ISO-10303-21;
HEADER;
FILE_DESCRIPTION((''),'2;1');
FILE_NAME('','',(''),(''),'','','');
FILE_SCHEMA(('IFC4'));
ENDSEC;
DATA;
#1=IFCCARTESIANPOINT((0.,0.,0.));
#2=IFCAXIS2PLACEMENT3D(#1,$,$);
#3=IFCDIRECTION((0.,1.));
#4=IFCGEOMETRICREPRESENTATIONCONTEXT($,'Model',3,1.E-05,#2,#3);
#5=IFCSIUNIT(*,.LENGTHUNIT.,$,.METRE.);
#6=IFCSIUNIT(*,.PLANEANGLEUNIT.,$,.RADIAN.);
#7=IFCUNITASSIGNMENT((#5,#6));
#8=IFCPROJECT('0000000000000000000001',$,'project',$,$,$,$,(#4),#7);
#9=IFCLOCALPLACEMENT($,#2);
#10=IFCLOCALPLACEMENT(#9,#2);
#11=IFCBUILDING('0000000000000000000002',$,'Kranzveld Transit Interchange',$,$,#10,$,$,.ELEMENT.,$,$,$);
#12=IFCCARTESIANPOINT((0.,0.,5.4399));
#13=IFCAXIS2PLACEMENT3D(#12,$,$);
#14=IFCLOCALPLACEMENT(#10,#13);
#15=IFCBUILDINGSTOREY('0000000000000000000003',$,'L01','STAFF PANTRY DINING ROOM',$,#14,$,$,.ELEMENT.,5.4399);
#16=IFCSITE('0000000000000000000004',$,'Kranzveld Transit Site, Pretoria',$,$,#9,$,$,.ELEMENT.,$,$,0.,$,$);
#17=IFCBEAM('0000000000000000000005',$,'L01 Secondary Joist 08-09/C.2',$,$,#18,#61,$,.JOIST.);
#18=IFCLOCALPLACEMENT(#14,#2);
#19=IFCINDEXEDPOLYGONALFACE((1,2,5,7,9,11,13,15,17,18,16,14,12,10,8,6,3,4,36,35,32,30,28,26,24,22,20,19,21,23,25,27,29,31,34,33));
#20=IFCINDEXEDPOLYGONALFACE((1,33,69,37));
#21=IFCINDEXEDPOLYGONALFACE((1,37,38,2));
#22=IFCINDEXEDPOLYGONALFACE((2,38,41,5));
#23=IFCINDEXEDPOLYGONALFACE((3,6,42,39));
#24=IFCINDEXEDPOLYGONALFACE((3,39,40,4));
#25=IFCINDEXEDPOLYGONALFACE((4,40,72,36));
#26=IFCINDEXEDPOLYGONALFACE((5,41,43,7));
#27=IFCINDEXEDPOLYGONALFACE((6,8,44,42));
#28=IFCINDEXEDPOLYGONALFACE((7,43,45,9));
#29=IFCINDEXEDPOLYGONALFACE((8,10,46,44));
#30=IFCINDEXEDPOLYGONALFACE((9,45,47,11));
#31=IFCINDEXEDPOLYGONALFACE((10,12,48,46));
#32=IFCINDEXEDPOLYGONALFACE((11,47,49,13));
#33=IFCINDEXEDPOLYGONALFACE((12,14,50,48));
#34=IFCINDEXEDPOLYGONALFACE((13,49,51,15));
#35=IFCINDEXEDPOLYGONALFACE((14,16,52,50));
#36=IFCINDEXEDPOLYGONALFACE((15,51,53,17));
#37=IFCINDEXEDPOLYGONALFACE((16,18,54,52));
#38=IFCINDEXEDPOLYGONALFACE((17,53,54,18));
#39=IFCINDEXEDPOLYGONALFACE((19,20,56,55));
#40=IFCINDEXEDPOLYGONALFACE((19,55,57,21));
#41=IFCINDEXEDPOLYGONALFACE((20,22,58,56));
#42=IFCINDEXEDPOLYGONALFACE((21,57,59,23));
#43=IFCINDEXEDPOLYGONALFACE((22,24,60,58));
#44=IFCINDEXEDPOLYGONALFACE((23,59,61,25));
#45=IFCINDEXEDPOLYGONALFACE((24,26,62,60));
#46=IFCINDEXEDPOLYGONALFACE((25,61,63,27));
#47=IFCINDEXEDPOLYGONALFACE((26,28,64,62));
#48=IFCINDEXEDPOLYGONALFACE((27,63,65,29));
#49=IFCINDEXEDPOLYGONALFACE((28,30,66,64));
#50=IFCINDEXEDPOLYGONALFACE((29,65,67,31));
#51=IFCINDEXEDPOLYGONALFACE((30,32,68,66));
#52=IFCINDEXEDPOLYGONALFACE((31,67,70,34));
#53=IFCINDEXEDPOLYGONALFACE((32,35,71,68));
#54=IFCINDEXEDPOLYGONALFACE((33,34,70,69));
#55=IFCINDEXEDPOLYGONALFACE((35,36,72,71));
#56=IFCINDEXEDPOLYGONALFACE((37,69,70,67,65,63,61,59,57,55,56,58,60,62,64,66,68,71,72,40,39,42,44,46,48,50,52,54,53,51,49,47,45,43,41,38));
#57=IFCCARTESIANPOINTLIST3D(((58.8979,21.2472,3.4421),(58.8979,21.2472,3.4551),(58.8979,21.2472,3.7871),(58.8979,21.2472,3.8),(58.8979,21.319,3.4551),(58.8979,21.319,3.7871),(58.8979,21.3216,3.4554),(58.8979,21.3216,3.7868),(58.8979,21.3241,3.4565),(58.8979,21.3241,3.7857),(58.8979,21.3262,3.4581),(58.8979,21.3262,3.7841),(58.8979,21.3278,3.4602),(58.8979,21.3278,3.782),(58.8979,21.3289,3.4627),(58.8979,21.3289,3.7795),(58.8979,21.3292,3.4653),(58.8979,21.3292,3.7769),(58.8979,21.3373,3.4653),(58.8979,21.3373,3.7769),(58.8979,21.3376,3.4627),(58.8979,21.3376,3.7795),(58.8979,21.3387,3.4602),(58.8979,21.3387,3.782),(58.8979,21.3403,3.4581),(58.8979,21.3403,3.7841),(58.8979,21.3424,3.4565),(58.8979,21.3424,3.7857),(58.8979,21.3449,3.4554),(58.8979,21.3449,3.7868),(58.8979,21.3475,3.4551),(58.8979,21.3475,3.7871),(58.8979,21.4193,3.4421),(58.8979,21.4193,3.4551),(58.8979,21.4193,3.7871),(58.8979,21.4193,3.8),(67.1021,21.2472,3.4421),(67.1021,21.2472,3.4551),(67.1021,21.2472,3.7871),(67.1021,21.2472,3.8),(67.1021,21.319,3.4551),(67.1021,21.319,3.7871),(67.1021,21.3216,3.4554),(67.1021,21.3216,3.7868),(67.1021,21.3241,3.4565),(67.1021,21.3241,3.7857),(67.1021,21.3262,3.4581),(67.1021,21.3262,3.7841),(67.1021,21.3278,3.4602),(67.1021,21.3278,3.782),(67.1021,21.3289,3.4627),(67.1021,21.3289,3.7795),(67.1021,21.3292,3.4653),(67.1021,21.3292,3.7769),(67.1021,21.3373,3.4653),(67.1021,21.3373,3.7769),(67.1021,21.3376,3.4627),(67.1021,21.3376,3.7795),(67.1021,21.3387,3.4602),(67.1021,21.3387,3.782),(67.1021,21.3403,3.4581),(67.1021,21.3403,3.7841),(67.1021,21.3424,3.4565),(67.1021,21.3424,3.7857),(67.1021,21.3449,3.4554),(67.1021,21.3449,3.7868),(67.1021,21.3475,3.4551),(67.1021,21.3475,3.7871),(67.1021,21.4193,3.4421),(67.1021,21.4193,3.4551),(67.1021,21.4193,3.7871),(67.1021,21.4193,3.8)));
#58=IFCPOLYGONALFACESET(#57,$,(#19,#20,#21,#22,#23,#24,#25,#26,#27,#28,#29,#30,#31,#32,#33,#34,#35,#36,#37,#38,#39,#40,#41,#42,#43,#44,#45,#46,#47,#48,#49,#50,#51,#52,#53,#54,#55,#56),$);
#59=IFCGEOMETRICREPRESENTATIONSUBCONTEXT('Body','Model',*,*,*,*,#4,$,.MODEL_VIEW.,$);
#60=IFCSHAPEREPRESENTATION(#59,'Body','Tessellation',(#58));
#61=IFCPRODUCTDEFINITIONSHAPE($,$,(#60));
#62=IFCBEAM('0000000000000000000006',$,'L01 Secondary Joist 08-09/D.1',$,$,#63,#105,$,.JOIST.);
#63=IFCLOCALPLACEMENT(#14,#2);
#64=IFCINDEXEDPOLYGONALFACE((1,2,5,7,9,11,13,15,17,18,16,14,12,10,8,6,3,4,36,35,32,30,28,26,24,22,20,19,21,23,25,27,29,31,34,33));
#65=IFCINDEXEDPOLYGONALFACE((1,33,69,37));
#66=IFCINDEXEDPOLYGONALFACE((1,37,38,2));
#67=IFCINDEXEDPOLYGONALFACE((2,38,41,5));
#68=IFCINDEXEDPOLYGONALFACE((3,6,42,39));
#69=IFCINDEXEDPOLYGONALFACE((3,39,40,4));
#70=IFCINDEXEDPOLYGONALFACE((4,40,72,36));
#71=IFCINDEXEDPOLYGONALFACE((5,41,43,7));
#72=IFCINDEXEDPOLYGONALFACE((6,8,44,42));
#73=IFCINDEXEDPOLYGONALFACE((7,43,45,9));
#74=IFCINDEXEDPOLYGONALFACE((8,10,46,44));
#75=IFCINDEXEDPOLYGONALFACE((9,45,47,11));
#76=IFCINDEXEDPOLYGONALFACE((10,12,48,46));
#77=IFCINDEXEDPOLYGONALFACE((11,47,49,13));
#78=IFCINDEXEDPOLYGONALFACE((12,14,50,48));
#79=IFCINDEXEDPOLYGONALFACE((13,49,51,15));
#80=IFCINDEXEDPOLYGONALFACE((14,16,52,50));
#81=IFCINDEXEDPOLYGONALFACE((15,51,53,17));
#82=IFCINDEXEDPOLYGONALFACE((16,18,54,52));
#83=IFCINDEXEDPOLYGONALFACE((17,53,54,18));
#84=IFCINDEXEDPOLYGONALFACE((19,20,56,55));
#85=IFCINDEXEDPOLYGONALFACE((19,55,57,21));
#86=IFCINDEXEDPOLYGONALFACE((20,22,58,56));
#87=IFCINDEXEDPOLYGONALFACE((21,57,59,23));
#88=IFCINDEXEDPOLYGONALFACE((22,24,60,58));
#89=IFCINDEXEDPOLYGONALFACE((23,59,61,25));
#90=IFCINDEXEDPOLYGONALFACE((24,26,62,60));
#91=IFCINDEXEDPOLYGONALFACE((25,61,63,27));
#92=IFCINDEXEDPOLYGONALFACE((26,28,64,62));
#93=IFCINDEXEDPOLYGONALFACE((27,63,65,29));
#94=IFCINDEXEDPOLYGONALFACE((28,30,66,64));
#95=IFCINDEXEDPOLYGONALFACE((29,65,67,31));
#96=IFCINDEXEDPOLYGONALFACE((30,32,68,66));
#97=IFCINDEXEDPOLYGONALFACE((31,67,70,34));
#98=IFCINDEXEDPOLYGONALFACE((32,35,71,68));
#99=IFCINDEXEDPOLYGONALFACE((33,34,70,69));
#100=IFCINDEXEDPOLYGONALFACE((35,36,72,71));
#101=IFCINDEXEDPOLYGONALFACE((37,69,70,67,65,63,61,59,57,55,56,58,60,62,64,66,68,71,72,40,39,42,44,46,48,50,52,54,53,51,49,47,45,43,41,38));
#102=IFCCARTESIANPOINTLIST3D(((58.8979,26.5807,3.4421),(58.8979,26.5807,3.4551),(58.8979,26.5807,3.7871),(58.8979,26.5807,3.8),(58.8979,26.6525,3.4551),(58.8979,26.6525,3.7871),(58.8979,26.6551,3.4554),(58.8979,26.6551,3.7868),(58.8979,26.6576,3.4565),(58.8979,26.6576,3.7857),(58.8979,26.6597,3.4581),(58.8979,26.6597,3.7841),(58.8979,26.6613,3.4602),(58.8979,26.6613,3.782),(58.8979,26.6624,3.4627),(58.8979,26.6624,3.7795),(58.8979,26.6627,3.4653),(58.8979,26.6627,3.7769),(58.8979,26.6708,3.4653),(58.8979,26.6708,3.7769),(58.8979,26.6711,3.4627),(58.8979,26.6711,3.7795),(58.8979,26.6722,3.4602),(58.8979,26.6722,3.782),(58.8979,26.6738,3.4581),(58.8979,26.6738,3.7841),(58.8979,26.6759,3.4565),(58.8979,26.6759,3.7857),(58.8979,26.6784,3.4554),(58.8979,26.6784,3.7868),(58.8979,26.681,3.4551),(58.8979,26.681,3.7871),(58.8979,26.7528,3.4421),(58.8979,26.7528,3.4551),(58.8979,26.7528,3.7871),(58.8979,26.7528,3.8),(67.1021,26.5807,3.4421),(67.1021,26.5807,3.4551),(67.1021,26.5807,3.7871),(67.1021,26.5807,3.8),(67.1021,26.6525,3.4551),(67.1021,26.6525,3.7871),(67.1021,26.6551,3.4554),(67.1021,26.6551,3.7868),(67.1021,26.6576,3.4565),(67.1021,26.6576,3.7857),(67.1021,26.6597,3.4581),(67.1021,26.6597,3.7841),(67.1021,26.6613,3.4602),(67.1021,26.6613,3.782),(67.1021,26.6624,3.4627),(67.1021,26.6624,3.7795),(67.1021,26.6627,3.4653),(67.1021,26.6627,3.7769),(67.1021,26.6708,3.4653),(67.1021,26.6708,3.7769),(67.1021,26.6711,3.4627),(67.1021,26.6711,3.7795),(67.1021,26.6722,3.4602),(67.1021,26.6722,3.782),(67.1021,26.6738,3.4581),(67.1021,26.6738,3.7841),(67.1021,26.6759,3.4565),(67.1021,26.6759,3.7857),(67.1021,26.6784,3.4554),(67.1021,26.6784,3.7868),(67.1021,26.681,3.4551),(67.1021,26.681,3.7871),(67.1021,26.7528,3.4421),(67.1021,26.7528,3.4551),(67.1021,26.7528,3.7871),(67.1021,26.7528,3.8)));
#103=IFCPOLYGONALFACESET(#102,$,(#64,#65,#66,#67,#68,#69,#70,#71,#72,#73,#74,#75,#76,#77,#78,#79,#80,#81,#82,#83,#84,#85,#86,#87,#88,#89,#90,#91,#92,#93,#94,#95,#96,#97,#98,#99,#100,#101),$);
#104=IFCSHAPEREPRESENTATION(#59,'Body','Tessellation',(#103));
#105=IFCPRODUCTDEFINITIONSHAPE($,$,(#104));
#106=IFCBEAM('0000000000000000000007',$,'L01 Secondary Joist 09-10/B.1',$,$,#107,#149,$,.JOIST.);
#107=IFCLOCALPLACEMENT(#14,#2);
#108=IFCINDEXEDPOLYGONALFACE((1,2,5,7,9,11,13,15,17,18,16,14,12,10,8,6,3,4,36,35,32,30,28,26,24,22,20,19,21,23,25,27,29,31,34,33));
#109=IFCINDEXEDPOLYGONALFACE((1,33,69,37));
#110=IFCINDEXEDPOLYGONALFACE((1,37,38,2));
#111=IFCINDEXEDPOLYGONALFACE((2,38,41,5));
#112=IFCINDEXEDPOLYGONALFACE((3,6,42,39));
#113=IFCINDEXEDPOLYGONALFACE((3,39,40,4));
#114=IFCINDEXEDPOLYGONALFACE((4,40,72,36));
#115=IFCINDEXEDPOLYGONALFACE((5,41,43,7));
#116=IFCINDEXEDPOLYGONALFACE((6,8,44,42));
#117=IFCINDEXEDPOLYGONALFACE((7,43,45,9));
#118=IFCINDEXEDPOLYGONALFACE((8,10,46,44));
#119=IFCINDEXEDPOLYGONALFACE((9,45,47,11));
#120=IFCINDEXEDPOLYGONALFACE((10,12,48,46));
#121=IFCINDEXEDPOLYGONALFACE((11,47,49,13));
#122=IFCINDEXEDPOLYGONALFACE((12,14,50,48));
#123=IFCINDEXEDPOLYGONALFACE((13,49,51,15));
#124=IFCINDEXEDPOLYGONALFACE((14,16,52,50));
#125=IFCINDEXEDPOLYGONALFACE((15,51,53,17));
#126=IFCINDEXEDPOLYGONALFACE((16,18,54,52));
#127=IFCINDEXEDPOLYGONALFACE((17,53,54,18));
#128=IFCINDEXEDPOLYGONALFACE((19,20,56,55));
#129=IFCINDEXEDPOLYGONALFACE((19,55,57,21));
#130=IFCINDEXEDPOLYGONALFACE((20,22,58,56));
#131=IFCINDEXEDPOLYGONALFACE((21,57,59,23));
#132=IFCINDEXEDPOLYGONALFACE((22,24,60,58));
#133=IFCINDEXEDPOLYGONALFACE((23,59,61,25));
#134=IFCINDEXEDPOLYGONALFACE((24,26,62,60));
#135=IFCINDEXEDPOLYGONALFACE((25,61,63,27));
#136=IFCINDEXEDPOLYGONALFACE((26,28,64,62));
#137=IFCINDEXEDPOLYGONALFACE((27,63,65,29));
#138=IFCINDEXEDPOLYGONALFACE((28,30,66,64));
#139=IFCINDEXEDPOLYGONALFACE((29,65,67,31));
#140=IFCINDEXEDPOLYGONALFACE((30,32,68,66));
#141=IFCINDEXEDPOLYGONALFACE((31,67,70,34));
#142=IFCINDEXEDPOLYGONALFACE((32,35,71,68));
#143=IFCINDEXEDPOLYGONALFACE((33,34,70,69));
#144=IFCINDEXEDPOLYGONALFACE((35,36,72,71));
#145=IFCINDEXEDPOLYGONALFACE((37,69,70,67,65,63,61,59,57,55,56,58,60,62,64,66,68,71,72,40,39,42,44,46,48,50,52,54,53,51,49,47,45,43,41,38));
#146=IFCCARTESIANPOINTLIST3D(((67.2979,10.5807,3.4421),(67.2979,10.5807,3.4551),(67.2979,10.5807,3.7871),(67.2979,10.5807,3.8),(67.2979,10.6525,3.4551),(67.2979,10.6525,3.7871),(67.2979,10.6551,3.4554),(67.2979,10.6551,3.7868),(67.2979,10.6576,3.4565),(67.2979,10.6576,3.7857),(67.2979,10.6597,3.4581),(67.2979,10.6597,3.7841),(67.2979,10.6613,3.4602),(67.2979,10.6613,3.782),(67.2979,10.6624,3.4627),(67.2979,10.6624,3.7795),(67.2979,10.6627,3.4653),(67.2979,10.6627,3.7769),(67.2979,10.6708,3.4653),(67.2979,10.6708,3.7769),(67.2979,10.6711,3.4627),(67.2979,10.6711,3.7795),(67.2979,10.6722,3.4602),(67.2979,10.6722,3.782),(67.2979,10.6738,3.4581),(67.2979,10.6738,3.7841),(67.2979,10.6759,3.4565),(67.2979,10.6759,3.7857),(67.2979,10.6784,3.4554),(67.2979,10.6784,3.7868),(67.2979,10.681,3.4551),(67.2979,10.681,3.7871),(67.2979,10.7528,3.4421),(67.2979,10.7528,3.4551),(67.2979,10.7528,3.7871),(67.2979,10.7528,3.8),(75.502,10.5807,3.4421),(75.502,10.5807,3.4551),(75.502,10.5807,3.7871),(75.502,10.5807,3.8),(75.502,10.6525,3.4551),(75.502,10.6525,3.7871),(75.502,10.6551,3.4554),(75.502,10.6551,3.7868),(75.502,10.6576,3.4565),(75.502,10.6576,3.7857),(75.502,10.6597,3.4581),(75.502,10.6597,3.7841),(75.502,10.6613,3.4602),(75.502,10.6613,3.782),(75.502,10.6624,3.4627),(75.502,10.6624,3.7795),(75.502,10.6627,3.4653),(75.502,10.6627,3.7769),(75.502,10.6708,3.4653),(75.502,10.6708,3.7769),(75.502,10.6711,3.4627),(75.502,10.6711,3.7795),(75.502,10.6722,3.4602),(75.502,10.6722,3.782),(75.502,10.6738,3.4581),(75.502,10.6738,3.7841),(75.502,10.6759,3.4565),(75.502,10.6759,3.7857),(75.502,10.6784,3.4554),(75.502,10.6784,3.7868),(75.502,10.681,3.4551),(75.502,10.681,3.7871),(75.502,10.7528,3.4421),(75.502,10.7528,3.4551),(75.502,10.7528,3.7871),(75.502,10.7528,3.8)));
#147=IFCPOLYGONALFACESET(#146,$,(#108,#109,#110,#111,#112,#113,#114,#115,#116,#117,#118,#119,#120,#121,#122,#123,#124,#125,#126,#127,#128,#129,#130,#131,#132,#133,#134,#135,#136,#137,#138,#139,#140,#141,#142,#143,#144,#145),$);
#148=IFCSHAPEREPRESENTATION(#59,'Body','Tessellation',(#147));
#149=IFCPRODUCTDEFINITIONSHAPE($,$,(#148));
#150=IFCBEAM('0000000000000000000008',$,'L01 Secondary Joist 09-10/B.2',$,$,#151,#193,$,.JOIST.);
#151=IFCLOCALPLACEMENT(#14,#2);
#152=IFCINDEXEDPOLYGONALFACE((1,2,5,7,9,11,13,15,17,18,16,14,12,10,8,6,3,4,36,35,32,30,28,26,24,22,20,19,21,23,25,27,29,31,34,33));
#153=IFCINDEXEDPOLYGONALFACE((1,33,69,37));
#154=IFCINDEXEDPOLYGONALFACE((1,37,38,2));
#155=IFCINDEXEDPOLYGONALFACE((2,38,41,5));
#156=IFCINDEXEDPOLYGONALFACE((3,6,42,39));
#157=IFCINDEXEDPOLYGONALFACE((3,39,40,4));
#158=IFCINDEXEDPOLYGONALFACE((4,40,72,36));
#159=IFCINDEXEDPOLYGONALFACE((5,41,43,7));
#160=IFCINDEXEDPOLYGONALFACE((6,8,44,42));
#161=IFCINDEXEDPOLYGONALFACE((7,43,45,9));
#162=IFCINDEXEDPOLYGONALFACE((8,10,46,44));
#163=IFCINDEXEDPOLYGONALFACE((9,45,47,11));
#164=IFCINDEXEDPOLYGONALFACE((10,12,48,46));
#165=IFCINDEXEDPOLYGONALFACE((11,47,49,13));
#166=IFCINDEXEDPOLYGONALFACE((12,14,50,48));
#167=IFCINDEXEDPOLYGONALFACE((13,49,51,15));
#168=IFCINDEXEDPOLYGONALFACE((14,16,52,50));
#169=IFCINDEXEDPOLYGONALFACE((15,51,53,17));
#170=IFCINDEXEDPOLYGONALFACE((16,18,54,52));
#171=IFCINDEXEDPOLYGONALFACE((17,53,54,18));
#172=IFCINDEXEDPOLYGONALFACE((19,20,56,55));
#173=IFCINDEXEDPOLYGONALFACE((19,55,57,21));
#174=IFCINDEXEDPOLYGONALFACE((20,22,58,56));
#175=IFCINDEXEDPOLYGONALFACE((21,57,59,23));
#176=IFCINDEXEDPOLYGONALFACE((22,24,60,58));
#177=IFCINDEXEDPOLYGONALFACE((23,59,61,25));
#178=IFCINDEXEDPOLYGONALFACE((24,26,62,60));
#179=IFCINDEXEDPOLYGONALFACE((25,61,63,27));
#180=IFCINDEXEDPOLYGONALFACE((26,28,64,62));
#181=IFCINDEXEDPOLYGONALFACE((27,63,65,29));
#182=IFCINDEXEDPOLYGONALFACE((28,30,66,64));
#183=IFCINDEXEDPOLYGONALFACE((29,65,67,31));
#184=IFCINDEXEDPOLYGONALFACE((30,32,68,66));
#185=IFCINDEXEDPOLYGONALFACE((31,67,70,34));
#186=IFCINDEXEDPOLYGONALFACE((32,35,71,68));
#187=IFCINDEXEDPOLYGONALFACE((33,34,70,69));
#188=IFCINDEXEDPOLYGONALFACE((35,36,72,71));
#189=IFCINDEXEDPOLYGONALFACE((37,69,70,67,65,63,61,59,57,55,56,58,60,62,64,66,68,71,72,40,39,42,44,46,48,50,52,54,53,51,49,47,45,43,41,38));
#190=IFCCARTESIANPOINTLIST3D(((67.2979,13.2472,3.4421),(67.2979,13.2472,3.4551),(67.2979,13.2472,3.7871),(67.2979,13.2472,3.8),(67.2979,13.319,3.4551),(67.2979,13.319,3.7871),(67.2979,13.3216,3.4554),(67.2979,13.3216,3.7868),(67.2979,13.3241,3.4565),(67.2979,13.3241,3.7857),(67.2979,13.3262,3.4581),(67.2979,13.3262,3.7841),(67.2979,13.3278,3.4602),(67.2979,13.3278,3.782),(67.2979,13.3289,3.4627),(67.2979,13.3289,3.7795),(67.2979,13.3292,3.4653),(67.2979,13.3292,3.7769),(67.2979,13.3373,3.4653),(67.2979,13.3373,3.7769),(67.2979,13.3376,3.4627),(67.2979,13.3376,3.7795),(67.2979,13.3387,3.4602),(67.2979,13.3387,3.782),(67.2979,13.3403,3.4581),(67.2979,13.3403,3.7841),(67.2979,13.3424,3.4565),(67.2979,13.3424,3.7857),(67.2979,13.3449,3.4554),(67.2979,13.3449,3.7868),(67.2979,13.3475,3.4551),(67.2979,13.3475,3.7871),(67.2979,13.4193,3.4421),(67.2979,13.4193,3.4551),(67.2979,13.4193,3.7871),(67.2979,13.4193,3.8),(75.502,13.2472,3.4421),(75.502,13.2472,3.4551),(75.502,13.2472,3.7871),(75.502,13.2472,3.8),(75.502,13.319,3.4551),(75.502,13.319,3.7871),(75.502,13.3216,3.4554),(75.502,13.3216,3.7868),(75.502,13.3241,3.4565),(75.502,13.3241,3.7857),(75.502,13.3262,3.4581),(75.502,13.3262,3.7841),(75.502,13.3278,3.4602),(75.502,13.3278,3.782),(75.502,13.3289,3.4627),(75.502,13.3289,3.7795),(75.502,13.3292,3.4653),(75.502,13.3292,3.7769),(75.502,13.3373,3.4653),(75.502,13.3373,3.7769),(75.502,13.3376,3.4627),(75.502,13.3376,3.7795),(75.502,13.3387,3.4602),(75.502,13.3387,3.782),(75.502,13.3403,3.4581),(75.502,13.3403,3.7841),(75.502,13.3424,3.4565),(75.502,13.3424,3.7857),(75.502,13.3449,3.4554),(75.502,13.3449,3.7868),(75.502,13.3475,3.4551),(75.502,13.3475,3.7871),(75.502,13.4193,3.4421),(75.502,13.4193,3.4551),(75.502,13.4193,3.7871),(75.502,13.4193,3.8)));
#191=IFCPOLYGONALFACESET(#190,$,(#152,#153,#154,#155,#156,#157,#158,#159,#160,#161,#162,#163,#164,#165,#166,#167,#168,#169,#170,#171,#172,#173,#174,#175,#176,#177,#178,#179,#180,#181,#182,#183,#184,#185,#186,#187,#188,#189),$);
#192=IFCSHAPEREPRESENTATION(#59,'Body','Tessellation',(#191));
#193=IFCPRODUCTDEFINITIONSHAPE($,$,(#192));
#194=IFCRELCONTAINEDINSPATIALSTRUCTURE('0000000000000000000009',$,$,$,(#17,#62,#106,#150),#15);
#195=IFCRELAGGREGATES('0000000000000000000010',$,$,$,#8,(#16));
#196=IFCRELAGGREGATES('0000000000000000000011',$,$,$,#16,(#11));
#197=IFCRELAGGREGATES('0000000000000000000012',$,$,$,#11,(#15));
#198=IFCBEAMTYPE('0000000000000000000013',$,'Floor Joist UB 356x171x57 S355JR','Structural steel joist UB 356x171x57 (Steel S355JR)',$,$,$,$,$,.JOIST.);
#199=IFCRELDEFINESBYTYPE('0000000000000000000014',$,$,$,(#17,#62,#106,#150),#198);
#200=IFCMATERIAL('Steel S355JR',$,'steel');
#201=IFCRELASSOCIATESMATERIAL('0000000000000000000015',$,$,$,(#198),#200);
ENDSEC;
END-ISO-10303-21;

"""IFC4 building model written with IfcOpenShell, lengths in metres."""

from ifc_helpers import new_model, si_unit, direction, frame, origin, origin_2d, place, context, subcontext, project, spatial, i_section, extrude, material, material_profile, profile_set, type_object, element, save


model = new_model("IFC4")

# Units and contexts
model_context = context("Model", 3, precision=1e-05, world=origin(), true_north=direction((0.0, 1.0)))
body_context = subcontext(model_context, "Body", "Model", "MODEL_VIEW")
ifc_project = project(units=[si_unit("LENGTHUNIT", "METRE"), si_unit("PLANEANGLEUNIT", "RADIAN")], contexts=[model_context])

# Site, building, storey
site_placement = place(None, origin())
site = spatial("IfcSite", under=ifc_project, at=site_placement, Name="Kranzveld Transit Site, Pretoria", CompositionType="ELEMENT", RefElevation=0.0)
building_placement = place(site_placement, origin())
building = spatial("IfcBuilding", under=site, at=building_placement, Name="Kranzveld Transit Interchange", CompositionType="ELEMENT")
storey_placement = place(building_placement, frame((0.0, 0.0, 5.4399)))
storey = spatial("IfcBuildingStorey", under=building, at=storey_placement, Name="L01", Description="STAFF PANTRY DINING ROOM", CompositionType="ELEMENT", Elevation=5.4399)

# Beams
ifc_material_1 = material(Name="Steel S355JR", Category="steel")
ifc_material_profile_1 = material_profile(ifc_material_1, i_section(OverallWidth=0.1721, OverallDepth=0.3579, WebThickness=0.0081, FlangeThickness=0.0129, FilletRadius=0.0103, at=origin_2d()), Name="UB 356x171x57")
ifc_profile_set_1 = profile_set([ifc_material_profile_1], Name="Steel S355JR")
beam_type_1 = type_object("IfcBeamType", Name="Floor Joist UB 356x171x57 S355JR", Description="Structural steel joist UB 356x171x57 (Steel S355JR)", PredefinedType="JOIST", material=ifc_profile_set_1)
for number, where, z_axis, x_axis, name in (
    (1, (58.8979, 21.3333, 3.6211), (1.0, 0.0, 0.0), (0.0, 1.0, 0.0), "L01 Secondary Joist 08-09/C.2"),
    (2, (58.8979, 26.6667, 3.6211), (1.0, 0.0, 0.0), (0.0, 1.0, 0.0), "L01 Secondary Joist 08-09/D.1"),
    (3, (67.2979, 10.6667, 3.6211), (1.0, 0.0, 0.0), (0.0, 1.0, 0.0), "L01 Secondary Joist 09-10/B.1"),
    (4, (67.2979, 13.3333, 3.6211), (1.0, 0.0, 0.0), (0.0, 1.0, 0.0), "L01 Secondary Joist 09-10/B.2"),
):
    element("IfcBeam", number, at=place(storey_placement, frame(where, z_axis=z_axis, x_axis=x_axis)), inside=storey, type_object=beam_type_1, Name=name, PredefinedType="JOIST", context=body_context, shape_type="SweptSolid", body=[
        extrude(i_section(OverallWidth=0.1721, OverallDepth=0.3579, WebThickness=0.0081, FlangeThickness=0.0129, FilletRadius=0.0103, at=origin_2d()), origin(), (0.0, 0.0, 1.0), 8.2041),
    ])

save(model, "model.ifc")
